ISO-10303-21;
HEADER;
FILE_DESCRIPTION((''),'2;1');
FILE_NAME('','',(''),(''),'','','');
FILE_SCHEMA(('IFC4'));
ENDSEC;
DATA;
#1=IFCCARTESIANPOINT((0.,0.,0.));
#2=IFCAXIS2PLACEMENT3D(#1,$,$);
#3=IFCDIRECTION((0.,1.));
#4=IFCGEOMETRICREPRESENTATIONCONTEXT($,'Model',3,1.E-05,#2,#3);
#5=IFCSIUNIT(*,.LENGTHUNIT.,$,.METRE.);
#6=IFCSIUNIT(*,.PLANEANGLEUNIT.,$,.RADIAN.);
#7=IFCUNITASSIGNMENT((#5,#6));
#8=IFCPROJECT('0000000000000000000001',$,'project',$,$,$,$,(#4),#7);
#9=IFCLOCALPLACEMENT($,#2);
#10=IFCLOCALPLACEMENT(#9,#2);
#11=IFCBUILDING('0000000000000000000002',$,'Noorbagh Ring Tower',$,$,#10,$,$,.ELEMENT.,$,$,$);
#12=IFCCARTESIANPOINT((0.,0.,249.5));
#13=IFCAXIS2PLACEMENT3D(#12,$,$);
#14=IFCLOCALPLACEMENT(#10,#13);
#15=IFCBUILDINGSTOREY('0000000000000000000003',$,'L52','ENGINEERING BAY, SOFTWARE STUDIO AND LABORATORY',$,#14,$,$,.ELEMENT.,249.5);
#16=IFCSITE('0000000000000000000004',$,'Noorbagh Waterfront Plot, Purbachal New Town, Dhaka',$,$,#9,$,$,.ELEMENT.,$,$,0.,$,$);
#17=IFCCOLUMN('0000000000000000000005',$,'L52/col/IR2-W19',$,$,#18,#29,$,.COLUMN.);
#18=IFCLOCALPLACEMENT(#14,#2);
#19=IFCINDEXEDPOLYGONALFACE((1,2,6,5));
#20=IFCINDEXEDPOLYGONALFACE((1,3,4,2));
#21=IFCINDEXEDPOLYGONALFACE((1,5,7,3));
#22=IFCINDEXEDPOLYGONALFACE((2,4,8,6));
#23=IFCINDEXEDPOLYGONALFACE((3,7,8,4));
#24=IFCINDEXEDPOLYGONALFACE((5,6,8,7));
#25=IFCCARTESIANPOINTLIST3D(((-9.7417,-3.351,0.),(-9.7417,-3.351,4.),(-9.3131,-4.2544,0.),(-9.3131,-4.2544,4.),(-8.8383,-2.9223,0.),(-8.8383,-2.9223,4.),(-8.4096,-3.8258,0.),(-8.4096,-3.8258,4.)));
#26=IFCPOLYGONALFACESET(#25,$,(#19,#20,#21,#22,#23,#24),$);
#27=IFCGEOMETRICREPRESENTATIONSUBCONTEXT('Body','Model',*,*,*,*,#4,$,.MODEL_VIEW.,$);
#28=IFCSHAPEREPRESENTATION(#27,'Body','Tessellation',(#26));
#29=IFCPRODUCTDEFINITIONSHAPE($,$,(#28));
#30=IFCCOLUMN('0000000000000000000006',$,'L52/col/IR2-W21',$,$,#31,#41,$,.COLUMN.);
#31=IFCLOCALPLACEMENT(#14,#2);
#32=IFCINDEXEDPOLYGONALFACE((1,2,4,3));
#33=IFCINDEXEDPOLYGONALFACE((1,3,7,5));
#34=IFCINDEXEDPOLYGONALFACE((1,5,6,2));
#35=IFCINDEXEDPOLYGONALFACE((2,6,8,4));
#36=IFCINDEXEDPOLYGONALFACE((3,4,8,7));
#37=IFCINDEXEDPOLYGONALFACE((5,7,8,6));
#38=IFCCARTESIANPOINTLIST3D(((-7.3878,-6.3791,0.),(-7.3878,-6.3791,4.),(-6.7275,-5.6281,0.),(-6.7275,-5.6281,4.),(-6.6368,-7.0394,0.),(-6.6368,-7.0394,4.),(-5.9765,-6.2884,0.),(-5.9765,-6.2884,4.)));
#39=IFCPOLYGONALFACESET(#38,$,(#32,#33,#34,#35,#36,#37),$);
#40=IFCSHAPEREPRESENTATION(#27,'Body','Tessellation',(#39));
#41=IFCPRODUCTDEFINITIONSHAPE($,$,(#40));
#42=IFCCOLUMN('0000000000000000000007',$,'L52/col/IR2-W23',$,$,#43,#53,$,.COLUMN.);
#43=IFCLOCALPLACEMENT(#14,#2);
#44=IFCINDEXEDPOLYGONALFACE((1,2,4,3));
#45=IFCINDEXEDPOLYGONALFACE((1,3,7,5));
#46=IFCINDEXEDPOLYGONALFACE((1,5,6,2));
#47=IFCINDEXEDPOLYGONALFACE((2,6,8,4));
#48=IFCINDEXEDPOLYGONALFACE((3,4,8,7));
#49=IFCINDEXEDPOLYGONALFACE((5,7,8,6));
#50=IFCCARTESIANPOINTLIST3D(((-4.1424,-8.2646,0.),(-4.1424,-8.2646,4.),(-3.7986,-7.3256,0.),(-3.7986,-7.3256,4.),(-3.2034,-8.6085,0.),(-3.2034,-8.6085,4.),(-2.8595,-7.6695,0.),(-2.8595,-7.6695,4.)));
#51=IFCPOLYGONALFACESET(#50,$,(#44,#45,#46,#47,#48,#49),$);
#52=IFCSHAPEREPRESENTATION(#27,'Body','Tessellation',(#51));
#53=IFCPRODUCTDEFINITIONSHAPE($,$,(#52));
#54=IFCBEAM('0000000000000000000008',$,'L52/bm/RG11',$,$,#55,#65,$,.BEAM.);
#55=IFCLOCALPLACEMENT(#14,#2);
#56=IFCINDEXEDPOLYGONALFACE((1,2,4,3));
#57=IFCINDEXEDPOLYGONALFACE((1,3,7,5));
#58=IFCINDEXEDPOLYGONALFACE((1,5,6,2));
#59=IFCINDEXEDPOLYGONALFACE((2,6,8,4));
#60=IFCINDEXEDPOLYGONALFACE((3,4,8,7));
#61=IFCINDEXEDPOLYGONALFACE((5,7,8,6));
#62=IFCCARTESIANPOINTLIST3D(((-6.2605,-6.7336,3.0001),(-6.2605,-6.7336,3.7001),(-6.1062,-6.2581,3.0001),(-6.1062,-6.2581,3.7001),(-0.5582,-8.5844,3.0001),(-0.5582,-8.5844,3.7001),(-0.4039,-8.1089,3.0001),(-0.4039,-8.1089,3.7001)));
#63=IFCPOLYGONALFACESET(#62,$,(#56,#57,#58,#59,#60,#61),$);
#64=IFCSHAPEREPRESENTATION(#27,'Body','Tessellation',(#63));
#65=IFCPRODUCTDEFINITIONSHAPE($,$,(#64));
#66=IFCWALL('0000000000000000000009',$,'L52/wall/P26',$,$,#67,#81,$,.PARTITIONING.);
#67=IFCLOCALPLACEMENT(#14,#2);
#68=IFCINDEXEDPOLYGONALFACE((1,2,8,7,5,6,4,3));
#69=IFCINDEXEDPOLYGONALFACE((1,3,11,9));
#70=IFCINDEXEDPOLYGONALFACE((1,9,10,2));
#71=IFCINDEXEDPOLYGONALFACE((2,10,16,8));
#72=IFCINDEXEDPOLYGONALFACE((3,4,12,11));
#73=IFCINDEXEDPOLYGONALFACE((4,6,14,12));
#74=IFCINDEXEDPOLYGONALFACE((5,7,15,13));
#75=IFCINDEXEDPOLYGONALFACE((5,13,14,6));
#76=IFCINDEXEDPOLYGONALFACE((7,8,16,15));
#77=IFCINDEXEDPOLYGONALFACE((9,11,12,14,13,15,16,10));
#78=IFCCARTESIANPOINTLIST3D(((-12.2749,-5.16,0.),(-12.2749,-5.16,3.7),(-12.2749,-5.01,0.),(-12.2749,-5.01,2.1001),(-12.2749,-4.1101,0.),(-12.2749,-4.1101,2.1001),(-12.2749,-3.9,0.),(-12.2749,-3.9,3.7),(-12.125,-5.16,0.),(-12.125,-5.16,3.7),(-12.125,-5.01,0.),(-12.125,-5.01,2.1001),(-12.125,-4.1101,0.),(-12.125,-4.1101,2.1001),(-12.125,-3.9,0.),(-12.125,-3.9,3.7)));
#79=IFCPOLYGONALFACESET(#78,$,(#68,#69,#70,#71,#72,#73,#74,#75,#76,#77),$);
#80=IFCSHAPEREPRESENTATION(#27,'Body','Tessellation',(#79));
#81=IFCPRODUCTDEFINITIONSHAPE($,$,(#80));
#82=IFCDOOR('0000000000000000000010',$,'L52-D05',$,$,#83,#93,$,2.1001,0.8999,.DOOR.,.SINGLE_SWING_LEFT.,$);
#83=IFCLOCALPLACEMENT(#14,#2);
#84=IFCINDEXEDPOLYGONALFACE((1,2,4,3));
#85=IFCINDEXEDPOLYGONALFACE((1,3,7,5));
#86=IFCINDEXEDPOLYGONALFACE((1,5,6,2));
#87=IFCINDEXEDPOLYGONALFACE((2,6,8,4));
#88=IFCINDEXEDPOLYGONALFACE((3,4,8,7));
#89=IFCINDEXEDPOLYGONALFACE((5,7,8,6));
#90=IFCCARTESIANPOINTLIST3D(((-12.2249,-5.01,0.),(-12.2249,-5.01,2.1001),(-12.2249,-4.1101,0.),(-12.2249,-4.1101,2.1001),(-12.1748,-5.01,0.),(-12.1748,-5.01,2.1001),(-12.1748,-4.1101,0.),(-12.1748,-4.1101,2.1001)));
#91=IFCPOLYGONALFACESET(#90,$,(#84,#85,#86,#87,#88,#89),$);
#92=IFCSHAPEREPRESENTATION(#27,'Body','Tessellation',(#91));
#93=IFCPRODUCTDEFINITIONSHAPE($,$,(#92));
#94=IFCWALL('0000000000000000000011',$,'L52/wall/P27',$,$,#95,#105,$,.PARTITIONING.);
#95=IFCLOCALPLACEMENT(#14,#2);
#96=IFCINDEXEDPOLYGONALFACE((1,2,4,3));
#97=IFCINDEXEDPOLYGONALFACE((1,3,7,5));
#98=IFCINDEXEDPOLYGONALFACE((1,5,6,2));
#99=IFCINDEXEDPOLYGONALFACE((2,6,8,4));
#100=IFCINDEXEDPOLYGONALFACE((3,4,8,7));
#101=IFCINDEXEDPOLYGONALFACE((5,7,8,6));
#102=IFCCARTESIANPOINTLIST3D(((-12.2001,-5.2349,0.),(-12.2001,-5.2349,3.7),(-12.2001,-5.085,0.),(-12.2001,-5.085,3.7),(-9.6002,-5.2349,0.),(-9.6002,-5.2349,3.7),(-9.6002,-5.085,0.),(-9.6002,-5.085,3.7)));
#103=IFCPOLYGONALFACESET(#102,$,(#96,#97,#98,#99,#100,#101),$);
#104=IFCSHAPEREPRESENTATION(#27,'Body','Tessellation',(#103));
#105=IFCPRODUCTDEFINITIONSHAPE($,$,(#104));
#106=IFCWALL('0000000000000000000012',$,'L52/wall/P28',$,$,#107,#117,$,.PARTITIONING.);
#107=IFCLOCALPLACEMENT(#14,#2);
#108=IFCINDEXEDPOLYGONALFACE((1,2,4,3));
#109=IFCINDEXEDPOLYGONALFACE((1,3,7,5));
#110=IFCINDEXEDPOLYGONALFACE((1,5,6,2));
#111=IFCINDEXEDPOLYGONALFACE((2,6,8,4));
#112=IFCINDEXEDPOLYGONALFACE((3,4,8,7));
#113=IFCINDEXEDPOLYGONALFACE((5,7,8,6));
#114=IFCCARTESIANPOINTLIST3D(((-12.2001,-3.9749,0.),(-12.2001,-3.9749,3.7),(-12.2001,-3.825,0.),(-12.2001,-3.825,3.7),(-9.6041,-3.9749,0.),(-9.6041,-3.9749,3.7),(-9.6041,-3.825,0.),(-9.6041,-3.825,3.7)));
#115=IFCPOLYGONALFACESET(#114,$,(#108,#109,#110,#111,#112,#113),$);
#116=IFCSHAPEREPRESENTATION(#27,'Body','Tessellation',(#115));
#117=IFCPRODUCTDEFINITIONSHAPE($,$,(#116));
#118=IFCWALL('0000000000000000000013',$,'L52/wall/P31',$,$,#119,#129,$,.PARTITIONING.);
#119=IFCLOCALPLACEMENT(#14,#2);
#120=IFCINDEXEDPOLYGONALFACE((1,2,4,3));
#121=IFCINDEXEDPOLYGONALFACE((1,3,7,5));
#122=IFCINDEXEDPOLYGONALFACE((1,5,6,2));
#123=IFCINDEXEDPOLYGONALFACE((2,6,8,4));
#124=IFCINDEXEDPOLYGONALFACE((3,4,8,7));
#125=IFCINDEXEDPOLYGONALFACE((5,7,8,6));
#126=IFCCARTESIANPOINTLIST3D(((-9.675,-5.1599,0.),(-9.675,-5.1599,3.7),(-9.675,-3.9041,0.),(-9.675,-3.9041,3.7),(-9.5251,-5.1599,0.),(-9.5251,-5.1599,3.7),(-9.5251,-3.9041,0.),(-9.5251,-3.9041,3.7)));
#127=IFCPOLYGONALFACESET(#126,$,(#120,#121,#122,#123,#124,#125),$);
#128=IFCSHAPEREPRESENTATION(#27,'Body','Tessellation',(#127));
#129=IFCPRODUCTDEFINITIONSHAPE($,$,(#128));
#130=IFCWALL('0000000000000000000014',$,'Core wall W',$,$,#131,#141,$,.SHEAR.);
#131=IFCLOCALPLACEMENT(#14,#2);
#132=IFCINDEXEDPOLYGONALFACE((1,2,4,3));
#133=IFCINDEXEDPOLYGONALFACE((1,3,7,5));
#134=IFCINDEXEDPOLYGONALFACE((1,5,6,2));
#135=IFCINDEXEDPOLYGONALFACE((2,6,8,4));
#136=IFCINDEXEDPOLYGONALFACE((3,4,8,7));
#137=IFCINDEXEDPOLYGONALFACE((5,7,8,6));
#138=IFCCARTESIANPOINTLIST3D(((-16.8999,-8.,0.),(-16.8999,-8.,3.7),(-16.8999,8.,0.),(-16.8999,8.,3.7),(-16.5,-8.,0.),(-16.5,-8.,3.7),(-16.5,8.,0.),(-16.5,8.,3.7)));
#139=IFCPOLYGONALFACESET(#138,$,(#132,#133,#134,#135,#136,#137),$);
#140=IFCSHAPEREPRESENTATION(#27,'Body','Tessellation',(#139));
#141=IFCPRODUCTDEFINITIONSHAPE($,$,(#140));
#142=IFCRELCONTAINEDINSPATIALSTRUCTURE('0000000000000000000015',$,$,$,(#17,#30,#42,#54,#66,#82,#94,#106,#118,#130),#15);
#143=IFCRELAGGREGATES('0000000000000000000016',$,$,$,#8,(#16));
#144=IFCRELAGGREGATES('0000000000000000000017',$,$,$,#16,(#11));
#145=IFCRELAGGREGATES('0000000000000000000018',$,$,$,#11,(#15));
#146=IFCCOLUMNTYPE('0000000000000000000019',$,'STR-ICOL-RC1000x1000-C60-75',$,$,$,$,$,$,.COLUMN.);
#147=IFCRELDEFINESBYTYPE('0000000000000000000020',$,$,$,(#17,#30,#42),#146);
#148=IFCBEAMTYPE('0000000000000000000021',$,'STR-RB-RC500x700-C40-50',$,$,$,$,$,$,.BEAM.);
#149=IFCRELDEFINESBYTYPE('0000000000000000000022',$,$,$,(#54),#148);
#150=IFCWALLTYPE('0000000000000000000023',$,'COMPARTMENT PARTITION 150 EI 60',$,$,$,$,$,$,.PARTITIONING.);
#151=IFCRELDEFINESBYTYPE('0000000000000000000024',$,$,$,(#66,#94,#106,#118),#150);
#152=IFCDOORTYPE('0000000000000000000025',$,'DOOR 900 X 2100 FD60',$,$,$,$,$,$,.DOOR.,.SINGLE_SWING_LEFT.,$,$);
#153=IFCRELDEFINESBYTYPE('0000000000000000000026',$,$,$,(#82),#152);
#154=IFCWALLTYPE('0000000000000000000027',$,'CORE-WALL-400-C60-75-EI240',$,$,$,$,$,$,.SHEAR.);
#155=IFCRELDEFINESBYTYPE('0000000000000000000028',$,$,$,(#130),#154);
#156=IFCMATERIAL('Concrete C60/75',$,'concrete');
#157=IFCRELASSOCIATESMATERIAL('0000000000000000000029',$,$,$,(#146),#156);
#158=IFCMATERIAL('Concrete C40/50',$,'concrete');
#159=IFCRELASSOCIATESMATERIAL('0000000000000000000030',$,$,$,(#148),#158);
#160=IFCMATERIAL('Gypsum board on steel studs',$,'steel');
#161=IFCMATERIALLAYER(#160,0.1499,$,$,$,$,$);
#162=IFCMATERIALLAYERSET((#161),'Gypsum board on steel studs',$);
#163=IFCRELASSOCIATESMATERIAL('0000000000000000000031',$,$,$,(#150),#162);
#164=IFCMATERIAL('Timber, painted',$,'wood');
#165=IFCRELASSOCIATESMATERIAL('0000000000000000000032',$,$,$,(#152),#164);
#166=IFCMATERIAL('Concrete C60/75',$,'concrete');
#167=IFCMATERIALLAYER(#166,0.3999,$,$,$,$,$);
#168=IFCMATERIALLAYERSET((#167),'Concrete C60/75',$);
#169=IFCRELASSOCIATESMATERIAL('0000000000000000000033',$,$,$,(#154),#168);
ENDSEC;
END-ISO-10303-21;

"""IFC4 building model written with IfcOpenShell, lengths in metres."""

from ifc_helpers import new_model, si_unit, direction, frame, frame_2d, origin, origin_2d, place, context, subcontext, project, spatial, rectangle, extrude, material, layer, layer_set, material_profile, profile_set, type_object, element, fill, save


model = new_model("IFC4")

# Units and contexts
model_context = context("Model", 3, precision=1e-05, world=origin(), true_north=direction((0.0, 1.0)))
body_context = subcontext(model_context, "Body", "Model", "MODEL_VIEW")
ifc_project = project(units=[si_unit("LENGTHUNIT", "METRE"), si_unit("PLANEANGLEUNIT", "RADIAN")], contexts=[model_context])

# Site, building, storey
site_placement = place(None, origin())
site = spatial("IfcSite", under=ifc_project, at=site_placement, Name="Noorbagh Waterfront Plot, Purbachal New Town, Dhaka", CompositionType="ELEMENT", RefElevation=0.0)
building_placement = place(site_placement, origin())
building = spatial("IfcBuilding", under=site, at=building_placement, Name="Noorbagh Ring Tower", CompositionType="ELEMENT")
storey_placement = place(building_placement, frame((0.0, 0.0, 249.5)))
storey = spatial("IfcBuildingStorey", under=building, at=storey_placement, Name="L52", Description="ENGINEERING BAY, SOFTWARE STUDIO AND LABORATORY", CompositionType="ELEMENT", Elevation=249.5)

# Columns
ifc_material_1 = material(Name="Concrete C60/75", Category="concrete")
ifc_material_profile_1 = material_profile(ifc_material_1, rectangle(XDim=1.0, YDim=1.0, at=origin_2d()), Name="RC1000x1000")
ifc_profile_set_1 = profile_set([ifc_material_profile_1], Name="Concrete C60/75")
column_type = type_object("IfcColumnType", Name="STR-ICOL-RC1000x1000-C60-75", PredefinedType="COLUMN", material=ifc_profile_set_1)
for number, where, z_axis, x_axis, name in (
    (1, (-9.0757, -3.5884, 0.0), (0.0, 0.0, 1.0), (0.428667, -0.903463, 0.0), "L52/col/IR2-W19"),
    (2, (-6.6821, -6.3337, 0.0), (0.0, 0.0, 1.0), (0.751022, -0.660277, 0.0), "L52/col/IR2-W21"),
    (3, (-3.501, -7.967, 0.0), (0.0, 0.0, 1.0), (0.93902, -0.343864, 0.0), "L52/col/IR2-W23"),
):
    element("IfcColumn", number, at=place(storey_placement, frame(where, z_axis=z_axis, x_axis=x_axis)), inside=storey, type_object=column_type, Name=name, PredefinedType="COLUMN", context=body_context, shape_type="SweptSolid", body=[
        extrude(rectangle(XDim=1.0, YDim=1.0, at=origin_2d()), origin(), (0.0, 0.0, 1.0), 4.0),
    ])

# Beam
ifc_material_2 = material(Name="Concrete C40/50", Category="concrete")
ifc_material_profile_2 = material_profile(ifc_material_2, rectangle(XDim=0.5, YDim=0.7, at=origin_2d()), Name="RC500x700")
ifc_profile_set_2 = profile_set([ifc_material_profile_2], Name="Concrete C40/50")
beam_type = type_object("IfcBeamType", Name="STR-RB-RC500x700-C40-50", PredefinedType="BEAM", material=ifc_profile_set_2)
beam_placement = place(storey_placement, frame((-6.1833, -6.4958, 3.3501), z_axis=(0.951154, -0.308717, 0.0), x_axis=(0.308717, 0.951154, 0.0)))
element("IfcBeam", 4, at=beam_placement, inside=storey, type_object=beam_type, Name="L52/bm/RG11", PredefinedType="BEAM", context=body_context, shape_type="SweptSolid", body=[
    extrude(rectangle(XDim=0.5, YDim=0.7, at=origin_2d()), origin(), (0.0, 0.0, 1.0), 5.9951),
])

# Wall, opening, door
ifc_material_3 = material(Name="Gypsum board on steel studs", Category="steel")
ifc_layer_1 = layer(ifc_material_3, 0.1499)
ifc_layer_set_1 = layer_set([ifc_layer_1], Name="Gypsum board on steel studs")
wall_type_1 = type_object("IfcWallType", Name="COMPARTMENT PARTITION 150 EI 60", PredefinedType="PARTITIONING", material=ifc_layer_set_1)
wall_1_placement = place(storey_placement, frame((-12.2, -5.1599, 0.0), z_axis=(0.0, 0.0, 1.0), x_axis=(0.0, 1.0, 0.0)))
wall_1 = element("IfcWall", 5, at=wall_1_placement, inside=storey, type_object=wall_type_1, Name="L52/wall/P26", PredefinedType="PARTITIONING", context=body_context, shape_type="SweptSolid", body=[
    extrude(rectangle(XDim=1.26, YDim=0.1499, at=frame_2d((0.6299, 0.0))), origin(), (0.0, 0.0, 1.0), 3.7),
])
opening_1_placement = place(wall_1_placement, frame((0.1499, 0.0, 0.0)))
opening_1 = element("IfcOpeningElement", 6, at=opening_1_placement, cuts=wall_1, PredefinedType="OPENING", context=body_context, shape_type="SweptSolid", body=[
    extrude(rectangle(XDim=0.8999, YDim=2.1001, at=frame_2d((0.45, 1.05))), frame((0.0, 0.085, 0.0), z_axis=(0.0, -1.0, 0.0), x_axis=(1.0, 0.0, 0.0)), (0.0, 0.0, 1.0), 0.1699),
])
ifc_material_4 = material(Name="Timber, painted", Category="wood")
door_type_1 = type_object("IfcDoorType", Name="DOOR 900 X 2100 FD60", OperationType="SINGLE_SWING_LEFT", PredefinedType="DOOR", material=ifc_material_4)
door_1_placement = place(opening_1_placement, origin())
door_1 = element("IfcDoor", 7, at=door_1_placement, inside=storey, type_object=door_type_1, Name="L52-D05", OperationType="SINGLE_SWING_LEFT", OverallHeight=2.1001, OverallWidth=0.8999, PredefinedType="DOOR", context=body_context, shape_type="SweptSolid", body=[
    extrude(rectangle(XDim=0.8999, YDim=2.1001, at=frame_2d((0.45, 1.05))), frame((0.0, 0.0249, 0.0), z_axis=(0.0, -1.0, 0.0), x_axis=(1.0, 0.0, 0.0)), (0.0, 0.0, 1.0), 0.05),
])
fill(opening_1, door_1)

# Walls
wall_2_placement = place(storey_placement, frame((-12.2, -5.1599, 0.0), z_axis=(0.0, 0.0, 1.0), x_axis=(1.0, 0.0, 0.0)))
element("IfcWall", 8, at=wall_2_placement, inside=storey, type_object=wall_type_1, Name="L52/wall/P27", PredefinedType="PARTITIONING", context=body_context, shape_type="SweptSolid", body=[
    extrude(rectangle(XDim=2.5999, YDim=0.1499, at=frame_2d((1.2998, 0.0))), origin(), (0.0, 0.0, 1.0), 3.7),
])
wall_3_placement = place(storey_placement, frame((-12.2, -3.8999, 0.0), z_axis=(0.0, 0.0, 1.0), x_axis=(1.0, 0.0, 0.0)))
element("IfcWall", 9, at=wall_3_placement, inside=storey, type_object=wall_type_1, Name="L52/wall/P28", PredefinedType="PARTITIONING", context=body_context, shape_type="SweptSolid", body=[
    extrude(rectangle(XDim=2.5959, YDim=0.1499, at=frame_2d((1.2979, 0.0))), origin(), (0.0, 0.0, 1.0), 3.7),
])
wall_4_placement = place(storey_placement, frame((-9.6001, -5.1599, 0.0), z_axis=(0.0, 0.0, 1.0), x_axis=(0.0, 1.0, 0.0)))
element("IfcWall", 10, at=wall_4_placement, inside=storey, type_object=wall_type_1, Name="L52/wall/P31", PredefinedType="PARTITIONING", context=body_context, shape_type="SweptSolid", body=[
    extrude(rectangle(XDim=1.2559, YDim=0.1499, at=frame_2d((0.6279, 0.0))), origin(), (0.0, 0.0, 1.0), 3.7),
])
ifc_material_5 = material(Name="Concrete C60/75", Category="concrete")
ifc_layer_2 = layer(ifc_material_5, 0.3999)
ifc_layer_set_2 = layer_set([ifc_layer_2], Name="Concrete C60/75")
wall_type_2 = type_object("IfcWallType", Name="CORE-WALL-400-C60-75-EI240", PredefinedType="SHEAR", material=ifc_layer_set_2)
wall_5_placement = place(storey_placement, frame((-16.7, -8.0, 0.0), z_axis=(0.0, 0.0, 1.0), x_axis=(0.0, 1.0, 0.0)))
element("IfcWall", 11, at=wall_5_placement, inside=storey, type_object=wall_type_2, Name="Core wall W", PredefinedType="SHEAR", context=body_context, shape_type="SweptSolid", body=[
    extrude(rectangle(XDim=16.0, YDim=0.3999, at=frame_2d((8.0, 0.0))), origin(), (0.0, 0.0, 1.0), 3.7),
])

save(model, "model.ifc")
